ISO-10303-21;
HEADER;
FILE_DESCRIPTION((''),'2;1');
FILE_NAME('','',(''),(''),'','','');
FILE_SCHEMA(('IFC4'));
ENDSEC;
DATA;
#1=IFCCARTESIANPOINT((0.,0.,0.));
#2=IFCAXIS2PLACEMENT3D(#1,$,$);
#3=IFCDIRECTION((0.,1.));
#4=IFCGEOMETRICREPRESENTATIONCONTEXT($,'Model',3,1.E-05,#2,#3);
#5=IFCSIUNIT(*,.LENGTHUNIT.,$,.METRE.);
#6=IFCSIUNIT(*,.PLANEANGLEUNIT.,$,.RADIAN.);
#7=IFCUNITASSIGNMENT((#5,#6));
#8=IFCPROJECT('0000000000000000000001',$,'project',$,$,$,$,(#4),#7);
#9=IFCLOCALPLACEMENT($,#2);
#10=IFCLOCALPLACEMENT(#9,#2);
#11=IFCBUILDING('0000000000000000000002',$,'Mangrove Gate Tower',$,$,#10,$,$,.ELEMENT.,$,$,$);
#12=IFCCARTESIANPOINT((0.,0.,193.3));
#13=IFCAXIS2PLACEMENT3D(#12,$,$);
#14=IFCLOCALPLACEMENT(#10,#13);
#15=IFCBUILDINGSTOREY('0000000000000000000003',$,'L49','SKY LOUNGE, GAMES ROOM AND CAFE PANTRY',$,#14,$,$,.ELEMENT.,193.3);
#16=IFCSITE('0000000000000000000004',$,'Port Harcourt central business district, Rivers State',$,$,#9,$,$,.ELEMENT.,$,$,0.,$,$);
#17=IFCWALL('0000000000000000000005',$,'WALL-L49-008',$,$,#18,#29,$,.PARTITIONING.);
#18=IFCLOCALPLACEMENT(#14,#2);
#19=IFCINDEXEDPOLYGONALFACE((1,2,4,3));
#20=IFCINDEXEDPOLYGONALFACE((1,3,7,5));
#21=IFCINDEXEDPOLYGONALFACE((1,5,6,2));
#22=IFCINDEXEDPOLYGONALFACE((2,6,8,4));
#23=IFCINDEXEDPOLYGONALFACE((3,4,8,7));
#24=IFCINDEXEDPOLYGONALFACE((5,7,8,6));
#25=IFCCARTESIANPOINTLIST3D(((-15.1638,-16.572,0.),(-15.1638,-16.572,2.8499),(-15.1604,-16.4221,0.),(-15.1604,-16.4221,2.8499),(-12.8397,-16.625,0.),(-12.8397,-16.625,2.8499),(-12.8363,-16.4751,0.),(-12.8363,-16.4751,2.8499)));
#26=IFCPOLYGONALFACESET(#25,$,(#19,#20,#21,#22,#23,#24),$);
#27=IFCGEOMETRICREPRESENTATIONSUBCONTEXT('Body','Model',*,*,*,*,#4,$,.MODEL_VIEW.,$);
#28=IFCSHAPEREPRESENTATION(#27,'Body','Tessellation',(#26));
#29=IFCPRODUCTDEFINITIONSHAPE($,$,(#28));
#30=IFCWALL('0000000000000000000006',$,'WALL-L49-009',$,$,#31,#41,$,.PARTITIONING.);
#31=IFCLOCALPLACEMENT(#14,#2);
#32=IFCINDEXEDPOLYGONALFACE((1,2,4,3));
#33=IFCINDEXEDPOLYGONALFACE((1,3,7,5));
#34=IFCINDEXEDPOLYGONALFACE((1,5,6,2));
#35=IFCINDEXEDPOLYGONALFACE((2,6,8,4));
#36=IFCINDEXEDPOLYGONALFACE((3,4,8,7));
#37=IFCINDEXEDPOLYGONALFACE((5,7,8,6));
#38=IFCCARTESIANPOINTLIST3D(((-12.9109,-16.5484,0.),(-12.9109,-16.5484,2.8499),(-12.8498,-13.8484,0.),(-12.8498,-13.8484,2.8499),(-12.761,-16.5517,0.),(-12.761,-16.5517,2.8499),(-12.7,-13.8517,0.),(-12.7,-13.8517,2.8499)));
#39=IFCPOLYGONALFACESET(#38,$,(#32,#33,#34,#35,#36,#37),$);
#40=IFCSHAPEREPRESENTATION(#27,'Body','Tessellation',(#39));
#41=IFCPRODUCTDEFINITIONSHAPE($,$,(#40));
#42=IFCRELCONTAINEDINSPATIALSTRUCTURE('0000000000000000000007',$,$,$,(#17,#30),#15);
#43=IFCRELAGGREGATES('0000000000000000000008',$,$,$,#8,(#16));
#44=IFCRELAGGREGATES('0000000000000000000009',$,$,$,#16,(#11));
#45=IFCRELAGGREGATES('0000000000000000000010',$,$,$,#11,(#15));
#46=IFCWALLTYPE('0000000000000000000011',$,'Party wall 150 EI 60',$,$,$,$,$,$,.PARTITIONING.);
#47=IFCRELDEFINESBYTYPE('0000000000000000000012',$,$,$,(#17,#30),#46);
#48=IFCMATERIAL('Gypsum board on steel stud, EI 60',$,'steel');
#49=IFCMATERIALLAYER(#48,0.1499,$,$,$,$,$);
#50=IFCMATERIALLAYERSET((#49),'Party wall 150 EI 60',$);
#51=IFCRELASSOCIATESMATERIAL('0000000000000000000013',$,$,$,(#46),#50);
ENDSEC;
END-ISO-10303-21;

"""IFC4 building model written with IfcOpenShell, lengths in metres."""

from ifc_helpers import new_model, si_unit, direction, frame, frame_2d, origin, place, context, subcontext, project, spatial, rectangle, extrude, material, layer, layer_set, type_object, element, save


model = new_model("IFC4")

# Units and contexts
model_context = context("Model", 3, precision=1e-05, world=origin(), true_north=direction((0.0, 1.0)))
body_context = subcontext(model_context, "Body", "Model", "MODEL_VIEW")
ifc_project = project(units=[si_unit("LENGTHUNIT", "METRE"), si_unit("PLANEANGLEUNIT", "RADIAN")], contexts=[model_context])

# Site, building, storey
site_placement = place(None, origin())
site = spatial("IfcSite", under=ifc_project, at=site_placement, Name="Port Harcourt central business district, Rivers State", CompositionType="ELEMENT", RefElevation=0.0)
building_placement = place(site_placement, origin())
building = spatial("IfcBuilding", under=site, at=building_placement, Name="Mangrove Gate Tower", CompositionType="ELEMENT")
storey_placement = place(building_placement, frame((0.0, 0.0, 193.3)))
storey = spatial("IfcBuildingStorey", under=building, at=storey_placement, Name="L49", Description="SKY LOUNGE, GAMES ROOM AND CAFE PANTRY", CompositionType="ELEMENT", Elevation=193.3)

# Walls
ifc_material_1 = material(Name="Gypsum board on steel stud, EI 60", Category="steel")
ifc_layer_1 = layer(ifc_material_1, 0.1499)
ifc_layer_set_1 = layer_set([ifc_layer_1], Name="Party wall 150 EI 60")
wall_type_1 = type_object("IfcWallType", Name="Party wall 150 EI 60", PredefinedType="PARTITIONING", material=ifc_layer_set_1)
wall_1_placement = place(storey_placement, frame((-15.1621, -16.4971, 0.0), z_axis=(0.0, 0.0, 1.0), x_axis=(0.99974, -0.022788, 0.0)))
element("IfcWall", 1, at=wall_1_placement, inside=storey, type_object=wall_type_1, Name="WALL-L49-008", PredefinedType="PARTITIONING", context=body_context, shape_type="SweptSolid", body=[
    extrude(rectangle(XDim=2.3247, YDim=0.1499, at=frame_2d((1.1624, 0.0))), origin(), (0.0, 0.0, 1.0), 2.8499),
])
wall_2_placement = place(storey_placement, frame((-12.8359, -16.55, 0.0), z_axis=(0.0, 0.0, 1.0), x_axis=(0.0226, 0.999745, 0.0)))
element("IfcWall", 2, at=wall_2_placement, inside=storey, type_object=wall_type_1, Name="WALL-L49-009", PredefinedType="PARTITIONING", context=body_context, shape_type="SweptSolid", body=[
    extrude(rectangle(XDim=2.7007, YDim=0.1499, at=frame_2d((1.3503, 0.0))), origin(), (0.0, 0.0, 1.0), 2.8499),
])

save(model, "model.ifc")
